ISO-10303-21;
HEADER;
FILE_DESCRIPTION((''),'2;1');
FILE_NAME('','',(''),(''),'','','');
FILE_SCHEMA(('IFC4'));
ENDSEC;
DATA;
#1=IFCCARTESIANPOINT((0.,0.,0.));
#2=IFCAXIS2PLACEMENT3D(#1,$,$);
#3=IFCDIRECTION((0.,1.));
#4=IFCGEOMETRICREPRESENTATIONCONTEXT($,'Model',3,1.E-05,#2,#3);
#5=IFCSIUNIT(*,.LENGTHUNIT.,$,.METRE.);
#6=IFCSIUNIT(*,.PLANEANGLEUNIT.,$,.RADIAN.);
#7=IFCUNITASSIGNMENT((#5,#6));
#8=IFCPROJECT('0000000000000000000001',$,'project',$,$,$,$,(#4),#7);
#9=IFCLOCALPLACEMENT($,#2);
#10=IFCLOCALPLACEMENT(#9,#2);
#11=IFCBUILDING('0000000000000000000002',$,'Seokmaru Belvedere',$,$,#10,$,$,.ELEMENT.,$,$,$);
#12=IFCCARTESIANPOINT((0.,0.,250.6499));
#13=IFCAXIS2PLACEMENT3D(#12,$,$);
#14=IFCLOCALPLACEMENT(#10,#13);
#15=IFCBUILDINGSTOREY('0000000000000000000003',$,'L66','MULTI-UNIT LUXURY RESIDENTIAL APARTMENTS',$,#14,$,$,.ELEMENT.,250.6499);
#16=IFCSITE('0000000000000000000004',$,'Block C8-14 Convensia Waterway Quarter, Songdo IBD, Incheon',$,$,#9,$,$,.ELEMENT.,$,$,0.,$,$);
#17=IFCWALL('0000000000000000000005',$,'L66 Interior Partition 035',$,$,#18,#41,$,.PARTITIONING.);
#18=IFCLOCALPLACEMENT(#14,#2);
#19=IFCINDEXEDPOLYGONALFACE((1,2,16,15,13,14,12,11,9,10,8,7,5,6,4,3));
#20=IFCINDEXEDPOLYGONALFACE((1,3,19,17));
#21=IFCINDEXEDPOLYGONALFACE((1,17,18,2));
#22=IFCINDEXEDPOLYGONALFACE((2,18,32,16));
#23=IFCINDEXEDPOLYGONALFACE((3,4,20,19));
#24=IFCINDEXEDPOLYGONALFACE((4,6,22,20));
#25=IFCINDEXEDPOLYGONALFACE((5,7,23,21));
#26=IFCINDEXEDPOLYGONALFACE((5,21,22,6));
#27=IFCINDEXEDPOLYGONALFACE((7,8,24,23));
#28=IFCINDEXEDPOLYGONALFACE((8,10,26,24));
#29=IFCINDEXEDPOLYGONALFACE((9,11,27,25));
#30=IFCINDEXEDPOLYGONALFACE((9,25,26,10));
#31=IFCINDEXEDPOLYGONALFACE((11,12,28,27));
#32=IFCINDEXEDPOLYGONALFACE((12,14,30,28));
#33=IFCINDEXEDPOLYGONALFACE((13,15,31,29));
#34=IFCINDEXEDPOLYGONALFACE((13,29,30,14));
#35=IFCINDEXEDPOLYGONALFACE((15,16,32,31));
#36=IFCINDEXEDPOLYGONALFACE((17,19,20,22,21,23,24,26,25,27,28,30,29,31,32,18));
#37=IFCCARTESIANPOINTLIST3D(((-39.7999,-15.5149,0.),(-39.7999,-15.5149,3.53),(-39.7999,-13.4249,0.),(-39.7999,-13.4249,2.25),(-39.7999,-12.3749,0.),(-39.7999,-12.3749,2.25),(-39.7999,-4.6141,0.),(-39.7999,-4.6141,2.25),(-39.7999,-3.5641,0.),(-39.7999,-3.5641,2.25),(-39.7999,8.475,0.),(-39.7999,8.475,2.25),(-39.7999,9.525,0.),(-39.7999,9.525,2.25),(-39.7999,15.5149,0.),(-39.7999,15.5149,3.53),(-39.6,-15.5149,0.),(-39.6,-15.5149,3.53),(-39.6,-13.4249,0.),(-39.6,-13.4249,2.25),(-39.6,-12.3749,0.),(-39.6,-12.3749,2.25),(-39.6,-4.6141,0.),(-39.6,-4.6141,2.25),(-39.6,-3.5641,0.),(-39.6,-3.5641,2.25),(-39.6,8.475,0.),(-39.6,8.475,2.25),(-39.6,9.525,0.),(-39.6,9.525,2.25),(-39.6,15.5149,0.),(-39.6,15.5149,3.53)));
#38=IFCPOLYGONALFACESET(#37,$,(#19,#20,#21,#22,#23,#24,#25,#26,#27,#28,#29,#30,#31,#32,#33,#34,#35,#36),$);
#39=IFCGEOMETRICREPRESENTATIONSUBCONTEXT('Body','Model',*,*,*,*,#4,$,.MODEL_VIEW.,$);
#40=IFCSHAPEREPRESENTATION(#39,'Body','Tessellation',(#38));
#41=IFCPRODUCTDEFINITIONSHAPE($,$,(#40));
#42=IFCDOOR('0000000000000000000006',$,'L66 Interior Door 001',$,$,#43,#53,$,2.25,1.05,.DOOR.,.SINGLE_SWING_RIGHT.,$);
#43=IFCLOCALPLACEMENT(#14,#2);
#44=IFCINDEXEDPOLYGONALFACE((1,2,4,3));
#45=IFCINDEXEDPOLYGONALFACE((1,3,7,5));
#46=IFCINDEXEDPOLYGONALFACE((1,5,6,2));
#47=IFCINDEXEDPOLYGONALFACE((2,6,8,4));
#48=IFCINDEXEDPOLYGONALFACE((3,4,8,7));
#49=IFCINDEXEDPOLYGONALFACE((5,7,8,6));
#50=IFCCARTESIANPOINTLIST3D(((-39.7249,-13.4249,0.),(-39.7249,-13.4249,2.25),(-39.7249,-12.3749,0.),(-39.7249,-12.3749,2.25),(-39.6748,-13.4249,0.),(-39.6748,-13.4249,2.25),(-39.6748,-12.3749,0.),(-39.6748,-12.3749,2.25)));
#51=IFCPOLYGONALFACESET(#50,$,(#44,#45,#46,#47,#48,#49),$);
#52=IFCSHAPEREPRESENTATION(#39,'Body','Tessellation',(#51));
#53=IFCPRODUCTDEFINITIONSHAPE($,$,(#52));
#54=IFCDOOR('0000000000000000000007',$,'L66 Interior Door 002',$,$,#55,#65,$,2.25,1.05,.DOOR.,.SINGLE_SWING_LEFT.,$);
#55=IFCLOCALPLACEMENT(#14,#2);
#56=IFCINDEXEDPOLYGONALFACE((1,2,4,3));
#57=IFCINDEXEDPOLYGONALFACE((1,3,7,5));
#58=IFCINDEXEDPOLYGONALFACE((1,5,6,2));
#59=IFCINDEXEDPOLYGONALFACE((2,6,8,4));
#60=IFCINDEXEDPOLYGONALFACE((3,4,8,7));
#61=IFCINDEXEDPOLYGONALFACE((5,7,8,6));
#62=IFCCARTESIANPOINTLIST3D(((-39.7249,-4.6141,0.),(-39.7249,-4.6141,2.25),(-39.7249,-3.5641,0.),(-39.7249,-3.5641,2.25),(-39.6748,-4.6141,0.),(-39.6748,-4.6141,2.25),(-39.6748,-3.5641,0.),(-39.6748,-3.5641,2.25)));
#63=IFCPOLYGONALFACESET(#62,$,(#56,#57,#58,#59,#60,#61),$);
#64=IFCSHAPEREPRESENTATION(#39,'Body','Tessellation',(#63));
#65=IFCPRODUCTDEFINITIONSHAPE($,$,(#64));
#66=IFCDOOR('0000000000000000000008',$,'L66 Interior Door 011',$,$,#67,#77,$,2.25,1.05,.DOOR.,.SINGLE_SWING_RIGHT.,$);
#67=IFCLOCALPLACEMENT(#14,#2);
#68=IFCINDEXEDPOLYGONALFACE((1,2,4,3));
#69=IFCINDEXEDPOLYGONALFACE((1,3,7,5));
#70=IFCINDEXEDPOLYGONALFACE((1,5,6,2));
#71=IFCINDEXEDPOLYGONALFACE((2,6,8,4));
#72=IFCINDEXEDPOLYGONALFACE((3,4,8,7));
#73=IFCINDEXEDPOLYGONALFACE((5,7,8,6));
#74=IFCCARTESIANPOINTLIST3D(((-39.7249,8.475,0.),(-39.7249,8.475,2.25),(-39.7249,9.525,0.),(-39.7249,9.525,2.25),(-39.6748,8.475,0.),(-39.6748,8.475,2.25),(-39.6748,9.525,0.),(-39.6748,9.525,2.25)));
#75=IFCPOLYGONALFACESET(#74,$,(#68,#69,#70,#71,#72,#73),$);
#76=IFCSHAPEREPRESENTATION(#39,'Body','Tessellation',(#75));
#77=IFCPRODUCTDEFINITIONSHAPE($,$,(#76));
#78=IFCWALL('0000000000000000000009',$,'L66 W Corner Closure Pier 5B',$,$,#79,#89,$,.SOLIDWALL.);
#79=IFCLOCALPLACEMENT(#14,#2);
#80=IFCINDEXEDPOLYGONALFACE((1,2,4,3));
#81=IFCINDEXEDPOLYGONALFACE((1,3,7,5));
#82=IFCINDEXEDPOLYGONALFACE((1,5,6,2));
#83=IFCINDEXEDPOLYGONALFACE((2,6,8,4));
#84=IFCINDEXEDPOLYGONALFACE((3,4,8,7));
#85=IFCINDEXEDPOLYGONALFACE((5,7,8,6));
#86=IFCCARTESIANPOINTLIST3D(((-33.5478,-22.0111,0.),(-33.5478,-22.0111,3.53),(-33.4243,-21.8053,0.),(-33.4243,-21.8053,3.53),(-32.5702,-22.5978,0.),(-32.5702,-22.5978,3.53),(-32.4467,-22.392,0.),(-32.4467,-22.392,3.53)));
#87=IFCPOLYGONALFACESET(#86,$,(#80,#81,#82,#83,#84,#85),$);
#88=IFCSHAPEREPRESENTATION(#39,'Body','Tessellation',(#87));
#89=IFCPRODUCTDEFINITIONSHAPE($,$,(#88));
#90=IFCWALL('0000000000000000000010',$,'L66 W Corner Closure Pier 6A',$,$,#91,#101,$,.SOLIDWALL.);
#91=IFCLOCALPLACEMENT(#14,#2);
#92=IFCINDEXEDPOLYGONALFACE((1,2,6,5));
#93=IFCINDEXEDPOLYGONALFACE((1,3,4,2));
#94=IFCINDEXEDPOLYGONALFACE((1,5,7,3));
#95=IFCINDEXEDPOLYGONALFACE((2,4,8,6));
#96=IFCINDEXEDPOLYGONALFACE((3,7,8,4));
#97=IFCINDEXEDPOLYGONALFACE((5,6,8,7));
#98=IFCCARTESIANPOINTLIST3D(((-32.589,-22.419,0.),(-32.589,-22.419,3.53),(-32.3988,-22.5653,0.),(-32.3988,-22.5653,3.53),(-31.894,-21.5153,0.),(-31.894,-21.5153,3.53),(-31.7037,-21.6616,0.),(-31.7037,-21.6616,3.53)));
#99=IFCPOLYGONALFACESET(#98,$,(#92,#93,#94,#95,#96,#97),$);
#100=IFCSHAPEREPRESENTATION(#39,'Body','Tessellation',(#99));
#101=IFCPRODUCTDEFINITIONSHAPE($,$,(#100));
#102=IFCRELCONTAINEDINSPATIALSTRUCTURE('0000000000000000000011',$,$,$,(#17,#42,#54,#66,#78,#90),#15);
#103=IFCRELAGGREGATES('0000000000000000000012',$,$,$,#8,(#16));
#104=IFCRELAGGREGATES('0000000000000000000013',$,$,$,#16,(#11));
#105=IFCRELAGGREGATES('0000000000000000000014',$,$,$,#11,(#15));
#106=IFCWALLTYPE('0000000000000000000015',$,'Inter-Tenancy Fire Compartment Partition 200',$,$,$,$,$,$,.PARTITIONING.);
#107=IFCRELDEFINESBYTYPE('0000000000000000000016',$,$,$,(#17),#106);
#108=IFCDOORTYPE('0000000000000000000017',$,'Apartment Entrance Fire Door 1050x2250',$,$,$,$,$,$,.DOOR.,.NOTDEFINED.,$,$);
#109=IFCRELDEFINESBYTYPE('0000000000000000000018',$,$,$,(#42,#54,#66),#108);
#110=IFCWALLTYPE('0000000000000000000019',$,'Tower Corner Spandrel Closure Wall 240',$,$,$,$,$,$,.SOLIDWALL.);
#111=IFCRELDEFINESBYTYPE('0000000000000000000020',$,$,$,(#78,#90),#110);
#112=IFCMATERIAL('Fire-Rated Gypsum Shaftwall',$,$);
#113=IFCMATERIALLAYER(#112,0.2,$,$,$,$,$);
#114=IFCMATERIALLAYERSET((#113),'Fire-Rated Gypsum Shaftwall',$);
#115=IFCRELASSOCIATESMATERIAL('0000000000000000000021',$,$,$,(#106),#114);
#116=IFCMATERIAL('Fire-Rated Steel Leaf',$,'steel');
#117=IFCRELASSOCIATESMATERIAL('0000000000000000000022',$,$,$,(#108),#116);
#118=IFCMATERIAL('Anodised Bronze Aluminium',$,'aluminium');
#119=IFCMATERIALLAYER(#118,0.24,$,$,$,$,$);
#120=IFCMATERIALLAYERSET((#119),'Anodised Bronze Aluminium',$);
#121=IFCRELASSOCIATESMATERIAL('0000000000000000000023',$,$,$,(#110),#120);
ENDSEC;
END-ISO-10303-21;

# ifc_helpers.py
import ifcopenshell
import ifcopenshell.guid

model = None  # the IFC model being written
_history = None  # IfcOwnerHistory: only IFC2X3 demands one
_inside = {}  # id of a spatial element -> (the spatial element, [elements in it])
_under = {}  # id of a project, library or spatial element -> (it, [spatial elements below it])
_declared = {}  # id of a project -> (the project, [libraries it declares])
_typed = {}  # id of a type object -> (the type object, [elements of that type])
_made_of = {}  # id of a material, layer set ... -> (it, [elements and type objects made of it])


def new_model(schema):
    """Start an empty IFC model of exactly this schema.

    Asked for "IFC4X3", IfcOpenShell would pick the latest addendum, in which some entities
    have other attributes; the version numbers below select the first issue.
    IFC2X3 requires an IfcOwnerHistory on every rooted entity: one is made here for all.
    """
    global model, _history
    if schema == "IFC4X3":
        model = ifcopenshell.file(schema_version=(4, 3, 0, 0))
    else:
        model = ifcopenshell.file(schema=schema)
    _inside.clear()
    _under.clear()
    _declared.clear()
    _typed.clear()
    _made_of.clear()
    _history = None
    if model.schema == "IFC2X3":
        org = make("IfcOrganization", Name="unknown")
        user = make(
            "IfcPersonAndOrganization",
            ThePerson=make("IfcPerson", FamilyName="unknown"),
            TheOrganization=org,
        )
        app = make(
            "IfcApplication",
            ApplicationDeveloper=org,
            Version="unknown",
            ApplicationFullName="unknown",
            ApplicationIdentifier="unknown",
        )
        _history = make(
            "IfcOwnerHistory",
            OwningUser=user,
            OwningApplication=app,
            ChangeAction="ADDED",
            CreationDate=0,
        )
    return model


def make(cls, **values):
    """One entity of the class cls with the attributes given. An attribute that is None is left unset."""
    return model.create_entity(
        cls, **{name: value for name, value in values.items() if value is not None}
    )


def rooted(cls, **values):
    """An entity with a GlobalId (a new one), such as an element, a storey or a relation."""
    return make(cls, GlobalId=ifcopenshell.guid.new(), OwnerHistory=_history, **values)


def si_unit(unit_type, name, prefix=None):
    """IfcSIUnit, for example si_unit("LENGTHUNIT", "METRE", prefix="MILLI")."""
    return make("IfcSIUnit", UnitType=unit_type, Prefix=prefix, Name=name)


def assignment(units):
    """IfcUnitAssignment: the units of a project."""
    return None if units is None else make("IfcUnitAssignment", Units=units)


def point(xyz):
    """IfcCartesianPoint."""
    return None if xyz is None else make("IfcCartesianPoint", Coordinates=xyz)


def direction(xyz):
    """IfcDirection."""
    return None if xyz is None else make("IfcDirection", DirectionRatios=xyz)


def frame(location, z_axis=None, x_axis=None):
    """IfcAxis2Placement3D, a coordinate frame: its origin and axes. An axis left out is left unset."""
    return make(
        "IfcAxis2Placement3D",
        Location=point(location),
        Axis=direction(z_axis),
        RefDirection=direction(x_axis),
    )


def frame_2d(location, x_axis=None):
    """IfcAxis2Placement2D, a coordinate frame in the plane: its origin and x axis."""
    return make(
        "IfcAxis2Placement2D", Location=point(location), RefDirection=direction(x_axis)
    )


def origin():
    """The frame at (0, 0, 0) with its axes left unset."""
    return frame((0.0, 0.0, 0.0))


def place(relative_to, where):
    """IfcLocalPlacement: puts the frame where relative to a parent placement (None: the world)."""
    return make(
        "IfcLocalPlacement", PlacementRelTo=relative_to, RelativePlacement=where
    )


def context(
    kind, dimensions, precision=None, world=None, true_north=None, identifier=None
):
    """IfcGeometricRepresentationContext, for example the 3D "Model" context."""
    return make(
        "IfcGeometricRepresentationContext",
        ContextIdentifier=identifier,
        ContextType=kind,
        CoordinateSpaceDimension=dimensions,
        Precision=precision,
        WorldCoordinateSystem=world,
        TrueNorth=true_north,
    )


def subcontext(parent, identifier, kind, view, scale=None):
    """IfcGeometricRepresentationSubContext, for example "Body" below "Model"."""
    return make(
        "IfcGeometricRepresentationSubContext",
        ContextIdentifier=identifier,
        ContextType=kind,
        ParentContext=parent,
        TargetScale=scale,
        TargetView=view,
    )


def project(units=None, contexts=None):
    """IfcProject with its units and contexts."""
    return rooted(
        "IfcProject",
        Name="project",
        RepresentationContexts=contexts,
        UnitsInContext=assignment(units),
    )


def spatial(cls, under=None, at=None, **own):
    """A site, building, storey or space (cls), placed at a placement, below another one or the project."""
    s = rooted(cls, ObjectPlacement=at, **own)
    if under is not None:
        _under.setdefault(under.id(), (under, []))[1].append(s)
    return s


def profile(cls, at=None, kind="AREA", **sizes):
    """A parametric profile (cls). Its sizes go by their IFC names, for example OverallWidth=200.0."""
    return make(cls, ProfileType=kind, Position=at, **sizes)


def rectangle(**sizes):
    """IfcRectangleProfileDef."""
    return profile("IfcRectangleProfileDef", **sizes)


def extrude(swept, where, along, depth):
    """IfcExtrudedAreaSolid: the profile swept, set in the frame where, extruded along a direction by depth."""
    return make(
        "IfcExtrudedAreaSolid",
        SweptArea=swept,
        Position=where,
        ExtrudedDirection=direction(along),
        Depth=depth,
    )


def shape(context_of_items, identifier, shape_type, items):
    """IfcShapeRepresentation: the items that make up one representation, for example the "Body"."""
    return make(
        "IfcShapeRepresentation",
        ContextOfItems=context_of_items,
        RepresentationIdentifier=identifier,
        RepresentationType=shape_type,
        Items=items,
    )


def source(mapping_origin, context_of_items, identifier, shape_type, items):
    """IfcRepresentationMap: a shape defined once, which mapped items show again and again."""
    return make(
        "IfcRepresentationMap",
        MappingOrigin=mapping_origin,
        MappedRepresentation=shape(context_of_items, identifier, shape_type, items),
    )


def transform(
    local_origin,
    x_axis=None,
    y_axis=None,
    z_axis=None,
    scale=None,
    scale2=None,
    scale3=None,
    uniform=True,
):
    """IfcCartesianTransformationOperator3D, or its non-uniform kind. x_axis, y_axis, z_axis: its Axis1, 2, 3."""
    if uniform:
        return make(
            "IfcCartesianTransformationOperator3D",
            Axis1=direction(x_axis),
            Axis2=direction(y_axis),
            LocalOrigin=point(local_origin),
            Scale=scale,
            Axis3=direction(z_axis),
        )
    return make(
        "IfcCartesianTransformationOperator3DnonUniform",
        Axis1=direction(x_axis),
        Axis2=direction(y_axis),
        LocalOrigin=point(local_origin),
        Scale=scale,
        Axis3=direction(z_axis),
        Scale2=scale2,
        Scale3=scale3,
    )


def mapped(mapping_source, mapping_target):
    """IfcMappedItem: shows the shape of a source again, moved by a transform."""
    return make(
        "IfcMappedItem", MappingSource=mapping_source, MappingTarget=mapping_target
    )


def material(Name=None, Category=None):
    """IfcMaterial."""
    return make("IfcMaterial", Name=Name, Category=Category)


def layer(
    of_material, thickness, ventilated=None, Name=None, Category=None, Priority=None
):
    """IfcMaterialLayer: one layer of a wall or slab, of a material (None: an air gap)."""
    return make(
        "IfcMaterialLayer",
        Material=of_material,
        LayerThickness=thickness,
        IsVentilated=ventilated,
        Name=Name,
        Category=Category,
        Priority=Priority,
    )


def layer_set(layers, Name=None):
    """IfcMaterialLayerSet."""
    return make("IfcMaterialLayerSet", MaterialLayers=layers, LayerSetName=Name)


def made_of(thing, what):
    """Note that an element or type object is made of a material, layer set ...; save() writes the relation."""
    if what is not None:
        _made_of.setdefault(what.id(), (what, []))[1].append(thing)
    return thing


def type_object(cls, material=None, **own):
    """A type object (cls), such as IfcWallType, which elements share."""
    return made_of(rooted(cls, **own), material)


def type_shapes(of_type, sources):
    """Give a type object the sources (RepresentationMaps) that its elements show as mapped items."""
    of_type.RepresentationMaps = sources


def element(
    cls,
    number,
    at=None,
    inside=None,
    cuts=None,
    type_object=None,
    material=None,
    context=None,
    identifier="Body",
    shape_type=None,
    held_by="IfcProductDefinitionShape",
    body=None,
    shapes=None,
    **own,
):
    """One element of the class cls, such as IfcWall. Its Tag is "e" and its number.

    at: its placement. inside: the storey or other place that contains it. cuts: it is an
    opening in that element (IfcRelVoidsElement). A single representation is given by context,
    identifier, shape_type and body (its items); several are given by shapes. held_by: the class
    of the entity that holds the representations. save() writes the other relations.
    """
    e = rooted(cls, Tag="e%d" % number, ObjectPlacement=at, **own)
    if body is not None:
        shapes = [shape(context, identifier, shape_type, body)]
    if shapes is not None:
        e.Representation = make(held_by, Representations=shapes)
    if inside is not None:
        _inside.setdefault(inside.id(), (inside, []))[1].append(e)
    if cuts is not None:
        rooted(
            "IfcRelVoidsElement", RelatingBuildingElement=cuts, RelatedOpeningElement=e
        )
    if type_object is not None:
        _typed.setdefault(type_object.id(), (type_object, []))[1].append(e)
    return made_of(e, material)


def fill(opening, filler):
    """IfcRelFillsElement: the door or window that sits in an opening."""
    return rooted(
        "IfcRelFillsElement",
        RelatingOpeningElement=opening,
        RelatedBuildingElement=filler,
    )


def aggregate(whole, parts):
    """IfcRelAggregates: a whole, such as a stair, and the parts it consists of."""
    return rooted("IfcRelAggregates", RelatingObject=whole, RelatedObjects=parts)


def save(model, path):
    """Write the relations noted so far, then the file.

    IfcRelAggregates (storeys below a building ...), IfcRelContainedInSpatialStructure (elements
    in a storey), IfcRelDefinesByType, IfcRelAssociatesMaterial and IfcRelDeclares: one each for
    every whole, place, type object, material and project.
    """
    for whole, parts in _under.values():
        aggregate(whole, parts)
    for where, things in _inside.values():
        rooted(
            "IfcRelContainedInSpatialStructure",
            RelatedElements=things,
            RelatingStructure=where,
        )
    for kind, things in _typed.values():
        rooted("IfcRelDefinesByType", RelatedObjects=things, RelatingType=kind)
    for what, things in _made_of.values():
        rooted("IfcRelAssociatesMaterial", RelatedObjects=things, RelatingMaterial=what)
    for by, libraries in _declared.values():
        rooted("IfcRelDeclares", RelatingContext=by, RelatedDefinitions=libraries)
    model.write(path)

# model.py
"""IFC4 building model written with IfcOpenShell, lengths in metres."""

from ifc_helpers import new_model, si_unit, direction, frame, frame_2d, origin, place, context, subcontext, project, spatial, rectangle, extrude, source, transform, mapped, material, layer, layer_set, type_object, type_shapes, element, fill, save


model = new_model("IFC4")

# Units and contexts
model_context = context("Model", 3, precision=1e-05, world=origin(), true_north=direction((0.0, 1.0)))
body_context = subcontext(model_context, "Body", "Model", "MODEL_VIEW")
ifc_project = project(units=[si_unit("LENGTHUNIT", "METRE"), si_unit("PLANEANGLEUNIT", "RADIAN")], contexts=[model_context])

# Site, building, storey
site_placement = place(None, origin())
site = spatial("IfcSite", under=ifc_project, at=site_placement, Name="Block C8-14 Convensia Waterway Quarter, Songdo IBD, Incheon", CompositionType="ELEMENT", RefElevation=0.0)
building_placement = place(site_placement, origin())
building = spatial("IfcBuilding", under=site, at=building_placement, Name="Seokmaru Belvedere", CompositionType="ELEMENT")
storey_placement = place(building_placement, frame((0.0, 0.0, 250.6499)))
storey = spatial("IfcBuildingStorey", under=building, at=storey_placement, Name="L66", Description="MULTI-UNIT LUXURY RESIDENTIAL APARTMENTS", CompositionType="ELEMENT", Elevation=250.6499)

# Shared definitions
ifc_material_1 = material(Name="Anodised Bronze Aluminium", Category="aluminium")

# Shared definitions
ifc_material_2 = material(Name="Fire-Rated Gypsum Shaftwall")
ifc_layer_1 = layer(ifc_material_2, 0.2)
ifc_layer_set_1 = layer_set([ifc_layer_1], Name="Fire-Rated Gypsum Shaftwall")
wall_type_1 = type_object("IfcWallType", Name="Inter-Tenancy Fire Compartment Partition 200", PredefinedType="PARTITIONING", material=ifc_layer_set_1)

# Wall, openings, doors
wall_1_placement = place(storey_placement, frame((-39.7, -15.5149, 0.0), z_axis=(0.0, 0.0, 1.0), x_axis=(0.0, 1.0, 0.0)))
wall_1 = element("IfcWall", 1, at=wall_1_placement, inside=storey, type_object=wall_type_1, Name="L66 Interior Partition 035", PredefinedType="PARTITIONING", context=body_context, shape_type="SweptSolid", body=[
    extrude(rectangle(XDim=31.0298, YDim=0.2, at=frame_2d((15.5149, 0.0))), origin(), (0.0, 0.0, 1.0), 3.53),
])
opening_1_placement = place(wall_1_placement, frame((2.0901, 0.0, 0.0)))
opening_1 = element("IfcOpeningElement", 2, at=opening_1_placement, cuts=wall_1, PredefinedType="OPENING", context=body_context, shape_type="SweptSolid", body=[
    extrude(rectangle(XDim=1.05, YDim=2.25, at=frame_2d((0.5249, 1.125))), frame((0.0, 0.1099, 0.0), z_axis=(0.0, -1.0, 0.0), x_axis=(1.0, 0.0, 0.0)), (0.0, 0.0, 1.0), 0.22),
])
opening_2_placement = place(wall_1_placement, frame((10.9009, 0.0, 0.0)))
opening_2 = element("IfcOpeningElement", 3, at=opening_2_placement, cuts=wall_1, PredefinedType="OPENING", context=body_context, shape_type="SweptSolid", body=[
    extrude(rectangle(XDim=1.05, YDim=2.25, at=frame_2d((0.5249, 1.125))), frame((0.0, 0.1099, 0.0), z_axis=(0.0, -1.0, 0.0), x_axis=(1.0, 0.0, 0.0)), (0.0, 0.0, 1.0), 0.22),
])
opening_3_placement = place(wall_1_placement, frame((23.99, 0.0, 0.0)))
opening_3 = element("IfcOpeningElement", 4, at=opening_3_placement, cuts=wall_1, PredefinedType="OPENING", context=body_context, shape_type="SweptSolid", body=[
    extrude(rectangle(XDim=1.05, YDim=2.25, at=frame_2d((0.5249, 1.125))), frame((0.0, 0.1099, 0.0), z_axis=(0.0, -1.0, 0.0), x_axis=(1.0, 0.0, 0.0)), (0.0, 0.0, 1.0), 0.22),
])
ifc_material_3 = material(Name="Fire-Rated Steel Leaf", Category="steel")
door_type = type_object("IfcDoorType", Name="Apartment Entrance Fire Door 1050x2250", OperationType="NOTDEFINED", PredefinedType="DOOR", material=ifc_material_3)
shared_shape_1 = source(origin(), body_context, "Body", "SweptSolid", [
    extrude(rectangle(XDim=1.05, YDim=2.25, at=frame_2d((0.5249, 1.125))), frame((0.0, 0.0249, 0.0), z_axis=(0.0, -1.0, 0.0), x_axis=(1.0, 0.0, 0.0)), (0.0, 0.0, 1.0), 0.05),
])
type_shapes(door_type, [shared_shape_1])
door_1_placement = place(opening_1_placement, origin())
door_1 = element("IfcDoor", 5, at=door_1_placement, inside=storey, type_object=door_type, Name="L66 Interior Door 001", OperationType="SINGLE_SWING_RIGHT", OverallHeight=2.25, OverallWidth=1.05, PredefinedType="DOOR", context=body_context, shape_type="MappedRepresentation", body=[
    mapped(shared_shape_1, transform((0.0, 0.0, 0.0), scale=1.0)),
])
fill(opening_1, door_1)
door_2_placement = place(opening_2_placement, origin())
door_2 = element("IfcDoor", 6, at=door_2_placement, inside=storey, type_object=door_type, Name="L66 Interior Door 002", OperationType="SINGLE_SWING_LEFT", OverallHeight=2.25, OverallWidth=1.05, PredefinedType="DOOR", context=body_context, shape_type="MappedRepresentation", body=[
    mapped(shared_shape_1, transform((0.0, 0.0, 0.0), scale=1.0)),
])
fill(opening_2, door_2)
door_3_placement = place(opening_3_placement, origin())
door_3 = element("IfcDoor", 7, at=door_3_placement, inside=storey, type_object=door_type, Name="L66 Interior Door 011", OperationType="SINGLE_SWING_RIGHT", OverallHeight=2.25, OverallWidth=1.05, PredefinedType="DOOR", context=body_context, shape_type="MappedRepresentation", body=[
    mapped(shared_shape_1, transform((0.0, 0.0, 0.0), scale=1.0)),
])
fill(opening_3, door_3)

# Walls
ifc_layer_2 = layer(ifc_material_1, 0.24)
ifc_layer_set_2 = layer_set([ifc_layer_2], Name="Anodised Bronze Aluminium")
wall_type_2 = type_object("IfcWallType", Name="Tower Corner Spandrel Closure Wall 240", PredefinedType="SOLIDWALL", material=ifc_layer_set_2)
for number, where, z_axis, x_axis, name in (
    (8, (-33.4861, -21.9082, 0.0), (0.0, 0.0, 1.0), (0.857436, -0.51459, 0.0), "L66 W Corner Closure Pier 5B"),
    (9, (-32.4939, -22.4922, 0.0), (0.0, 0.0, 1.0), (0.609618, 0.792696, 0.0), "L66 W Corner Closure Pier 6A"),
):
    element("IfcWall", number, at=place(storey_placement, frame(where, z_axis=z_axis, x_axis=x_axis)), inside=storey, type_object=wall_type_2, Name=name, PredefinedType="SOLIDWALL", context=body_context, shape_type="SweptSolid", body=[
        extrude(rectangle(XDim=1.1401, YDim=0.24, at=frame_2d((0.5701, 0.0))), origin(), (0.0, 0.0, 1.0), 3.53),
    ])

save(model, "model.ifc")
